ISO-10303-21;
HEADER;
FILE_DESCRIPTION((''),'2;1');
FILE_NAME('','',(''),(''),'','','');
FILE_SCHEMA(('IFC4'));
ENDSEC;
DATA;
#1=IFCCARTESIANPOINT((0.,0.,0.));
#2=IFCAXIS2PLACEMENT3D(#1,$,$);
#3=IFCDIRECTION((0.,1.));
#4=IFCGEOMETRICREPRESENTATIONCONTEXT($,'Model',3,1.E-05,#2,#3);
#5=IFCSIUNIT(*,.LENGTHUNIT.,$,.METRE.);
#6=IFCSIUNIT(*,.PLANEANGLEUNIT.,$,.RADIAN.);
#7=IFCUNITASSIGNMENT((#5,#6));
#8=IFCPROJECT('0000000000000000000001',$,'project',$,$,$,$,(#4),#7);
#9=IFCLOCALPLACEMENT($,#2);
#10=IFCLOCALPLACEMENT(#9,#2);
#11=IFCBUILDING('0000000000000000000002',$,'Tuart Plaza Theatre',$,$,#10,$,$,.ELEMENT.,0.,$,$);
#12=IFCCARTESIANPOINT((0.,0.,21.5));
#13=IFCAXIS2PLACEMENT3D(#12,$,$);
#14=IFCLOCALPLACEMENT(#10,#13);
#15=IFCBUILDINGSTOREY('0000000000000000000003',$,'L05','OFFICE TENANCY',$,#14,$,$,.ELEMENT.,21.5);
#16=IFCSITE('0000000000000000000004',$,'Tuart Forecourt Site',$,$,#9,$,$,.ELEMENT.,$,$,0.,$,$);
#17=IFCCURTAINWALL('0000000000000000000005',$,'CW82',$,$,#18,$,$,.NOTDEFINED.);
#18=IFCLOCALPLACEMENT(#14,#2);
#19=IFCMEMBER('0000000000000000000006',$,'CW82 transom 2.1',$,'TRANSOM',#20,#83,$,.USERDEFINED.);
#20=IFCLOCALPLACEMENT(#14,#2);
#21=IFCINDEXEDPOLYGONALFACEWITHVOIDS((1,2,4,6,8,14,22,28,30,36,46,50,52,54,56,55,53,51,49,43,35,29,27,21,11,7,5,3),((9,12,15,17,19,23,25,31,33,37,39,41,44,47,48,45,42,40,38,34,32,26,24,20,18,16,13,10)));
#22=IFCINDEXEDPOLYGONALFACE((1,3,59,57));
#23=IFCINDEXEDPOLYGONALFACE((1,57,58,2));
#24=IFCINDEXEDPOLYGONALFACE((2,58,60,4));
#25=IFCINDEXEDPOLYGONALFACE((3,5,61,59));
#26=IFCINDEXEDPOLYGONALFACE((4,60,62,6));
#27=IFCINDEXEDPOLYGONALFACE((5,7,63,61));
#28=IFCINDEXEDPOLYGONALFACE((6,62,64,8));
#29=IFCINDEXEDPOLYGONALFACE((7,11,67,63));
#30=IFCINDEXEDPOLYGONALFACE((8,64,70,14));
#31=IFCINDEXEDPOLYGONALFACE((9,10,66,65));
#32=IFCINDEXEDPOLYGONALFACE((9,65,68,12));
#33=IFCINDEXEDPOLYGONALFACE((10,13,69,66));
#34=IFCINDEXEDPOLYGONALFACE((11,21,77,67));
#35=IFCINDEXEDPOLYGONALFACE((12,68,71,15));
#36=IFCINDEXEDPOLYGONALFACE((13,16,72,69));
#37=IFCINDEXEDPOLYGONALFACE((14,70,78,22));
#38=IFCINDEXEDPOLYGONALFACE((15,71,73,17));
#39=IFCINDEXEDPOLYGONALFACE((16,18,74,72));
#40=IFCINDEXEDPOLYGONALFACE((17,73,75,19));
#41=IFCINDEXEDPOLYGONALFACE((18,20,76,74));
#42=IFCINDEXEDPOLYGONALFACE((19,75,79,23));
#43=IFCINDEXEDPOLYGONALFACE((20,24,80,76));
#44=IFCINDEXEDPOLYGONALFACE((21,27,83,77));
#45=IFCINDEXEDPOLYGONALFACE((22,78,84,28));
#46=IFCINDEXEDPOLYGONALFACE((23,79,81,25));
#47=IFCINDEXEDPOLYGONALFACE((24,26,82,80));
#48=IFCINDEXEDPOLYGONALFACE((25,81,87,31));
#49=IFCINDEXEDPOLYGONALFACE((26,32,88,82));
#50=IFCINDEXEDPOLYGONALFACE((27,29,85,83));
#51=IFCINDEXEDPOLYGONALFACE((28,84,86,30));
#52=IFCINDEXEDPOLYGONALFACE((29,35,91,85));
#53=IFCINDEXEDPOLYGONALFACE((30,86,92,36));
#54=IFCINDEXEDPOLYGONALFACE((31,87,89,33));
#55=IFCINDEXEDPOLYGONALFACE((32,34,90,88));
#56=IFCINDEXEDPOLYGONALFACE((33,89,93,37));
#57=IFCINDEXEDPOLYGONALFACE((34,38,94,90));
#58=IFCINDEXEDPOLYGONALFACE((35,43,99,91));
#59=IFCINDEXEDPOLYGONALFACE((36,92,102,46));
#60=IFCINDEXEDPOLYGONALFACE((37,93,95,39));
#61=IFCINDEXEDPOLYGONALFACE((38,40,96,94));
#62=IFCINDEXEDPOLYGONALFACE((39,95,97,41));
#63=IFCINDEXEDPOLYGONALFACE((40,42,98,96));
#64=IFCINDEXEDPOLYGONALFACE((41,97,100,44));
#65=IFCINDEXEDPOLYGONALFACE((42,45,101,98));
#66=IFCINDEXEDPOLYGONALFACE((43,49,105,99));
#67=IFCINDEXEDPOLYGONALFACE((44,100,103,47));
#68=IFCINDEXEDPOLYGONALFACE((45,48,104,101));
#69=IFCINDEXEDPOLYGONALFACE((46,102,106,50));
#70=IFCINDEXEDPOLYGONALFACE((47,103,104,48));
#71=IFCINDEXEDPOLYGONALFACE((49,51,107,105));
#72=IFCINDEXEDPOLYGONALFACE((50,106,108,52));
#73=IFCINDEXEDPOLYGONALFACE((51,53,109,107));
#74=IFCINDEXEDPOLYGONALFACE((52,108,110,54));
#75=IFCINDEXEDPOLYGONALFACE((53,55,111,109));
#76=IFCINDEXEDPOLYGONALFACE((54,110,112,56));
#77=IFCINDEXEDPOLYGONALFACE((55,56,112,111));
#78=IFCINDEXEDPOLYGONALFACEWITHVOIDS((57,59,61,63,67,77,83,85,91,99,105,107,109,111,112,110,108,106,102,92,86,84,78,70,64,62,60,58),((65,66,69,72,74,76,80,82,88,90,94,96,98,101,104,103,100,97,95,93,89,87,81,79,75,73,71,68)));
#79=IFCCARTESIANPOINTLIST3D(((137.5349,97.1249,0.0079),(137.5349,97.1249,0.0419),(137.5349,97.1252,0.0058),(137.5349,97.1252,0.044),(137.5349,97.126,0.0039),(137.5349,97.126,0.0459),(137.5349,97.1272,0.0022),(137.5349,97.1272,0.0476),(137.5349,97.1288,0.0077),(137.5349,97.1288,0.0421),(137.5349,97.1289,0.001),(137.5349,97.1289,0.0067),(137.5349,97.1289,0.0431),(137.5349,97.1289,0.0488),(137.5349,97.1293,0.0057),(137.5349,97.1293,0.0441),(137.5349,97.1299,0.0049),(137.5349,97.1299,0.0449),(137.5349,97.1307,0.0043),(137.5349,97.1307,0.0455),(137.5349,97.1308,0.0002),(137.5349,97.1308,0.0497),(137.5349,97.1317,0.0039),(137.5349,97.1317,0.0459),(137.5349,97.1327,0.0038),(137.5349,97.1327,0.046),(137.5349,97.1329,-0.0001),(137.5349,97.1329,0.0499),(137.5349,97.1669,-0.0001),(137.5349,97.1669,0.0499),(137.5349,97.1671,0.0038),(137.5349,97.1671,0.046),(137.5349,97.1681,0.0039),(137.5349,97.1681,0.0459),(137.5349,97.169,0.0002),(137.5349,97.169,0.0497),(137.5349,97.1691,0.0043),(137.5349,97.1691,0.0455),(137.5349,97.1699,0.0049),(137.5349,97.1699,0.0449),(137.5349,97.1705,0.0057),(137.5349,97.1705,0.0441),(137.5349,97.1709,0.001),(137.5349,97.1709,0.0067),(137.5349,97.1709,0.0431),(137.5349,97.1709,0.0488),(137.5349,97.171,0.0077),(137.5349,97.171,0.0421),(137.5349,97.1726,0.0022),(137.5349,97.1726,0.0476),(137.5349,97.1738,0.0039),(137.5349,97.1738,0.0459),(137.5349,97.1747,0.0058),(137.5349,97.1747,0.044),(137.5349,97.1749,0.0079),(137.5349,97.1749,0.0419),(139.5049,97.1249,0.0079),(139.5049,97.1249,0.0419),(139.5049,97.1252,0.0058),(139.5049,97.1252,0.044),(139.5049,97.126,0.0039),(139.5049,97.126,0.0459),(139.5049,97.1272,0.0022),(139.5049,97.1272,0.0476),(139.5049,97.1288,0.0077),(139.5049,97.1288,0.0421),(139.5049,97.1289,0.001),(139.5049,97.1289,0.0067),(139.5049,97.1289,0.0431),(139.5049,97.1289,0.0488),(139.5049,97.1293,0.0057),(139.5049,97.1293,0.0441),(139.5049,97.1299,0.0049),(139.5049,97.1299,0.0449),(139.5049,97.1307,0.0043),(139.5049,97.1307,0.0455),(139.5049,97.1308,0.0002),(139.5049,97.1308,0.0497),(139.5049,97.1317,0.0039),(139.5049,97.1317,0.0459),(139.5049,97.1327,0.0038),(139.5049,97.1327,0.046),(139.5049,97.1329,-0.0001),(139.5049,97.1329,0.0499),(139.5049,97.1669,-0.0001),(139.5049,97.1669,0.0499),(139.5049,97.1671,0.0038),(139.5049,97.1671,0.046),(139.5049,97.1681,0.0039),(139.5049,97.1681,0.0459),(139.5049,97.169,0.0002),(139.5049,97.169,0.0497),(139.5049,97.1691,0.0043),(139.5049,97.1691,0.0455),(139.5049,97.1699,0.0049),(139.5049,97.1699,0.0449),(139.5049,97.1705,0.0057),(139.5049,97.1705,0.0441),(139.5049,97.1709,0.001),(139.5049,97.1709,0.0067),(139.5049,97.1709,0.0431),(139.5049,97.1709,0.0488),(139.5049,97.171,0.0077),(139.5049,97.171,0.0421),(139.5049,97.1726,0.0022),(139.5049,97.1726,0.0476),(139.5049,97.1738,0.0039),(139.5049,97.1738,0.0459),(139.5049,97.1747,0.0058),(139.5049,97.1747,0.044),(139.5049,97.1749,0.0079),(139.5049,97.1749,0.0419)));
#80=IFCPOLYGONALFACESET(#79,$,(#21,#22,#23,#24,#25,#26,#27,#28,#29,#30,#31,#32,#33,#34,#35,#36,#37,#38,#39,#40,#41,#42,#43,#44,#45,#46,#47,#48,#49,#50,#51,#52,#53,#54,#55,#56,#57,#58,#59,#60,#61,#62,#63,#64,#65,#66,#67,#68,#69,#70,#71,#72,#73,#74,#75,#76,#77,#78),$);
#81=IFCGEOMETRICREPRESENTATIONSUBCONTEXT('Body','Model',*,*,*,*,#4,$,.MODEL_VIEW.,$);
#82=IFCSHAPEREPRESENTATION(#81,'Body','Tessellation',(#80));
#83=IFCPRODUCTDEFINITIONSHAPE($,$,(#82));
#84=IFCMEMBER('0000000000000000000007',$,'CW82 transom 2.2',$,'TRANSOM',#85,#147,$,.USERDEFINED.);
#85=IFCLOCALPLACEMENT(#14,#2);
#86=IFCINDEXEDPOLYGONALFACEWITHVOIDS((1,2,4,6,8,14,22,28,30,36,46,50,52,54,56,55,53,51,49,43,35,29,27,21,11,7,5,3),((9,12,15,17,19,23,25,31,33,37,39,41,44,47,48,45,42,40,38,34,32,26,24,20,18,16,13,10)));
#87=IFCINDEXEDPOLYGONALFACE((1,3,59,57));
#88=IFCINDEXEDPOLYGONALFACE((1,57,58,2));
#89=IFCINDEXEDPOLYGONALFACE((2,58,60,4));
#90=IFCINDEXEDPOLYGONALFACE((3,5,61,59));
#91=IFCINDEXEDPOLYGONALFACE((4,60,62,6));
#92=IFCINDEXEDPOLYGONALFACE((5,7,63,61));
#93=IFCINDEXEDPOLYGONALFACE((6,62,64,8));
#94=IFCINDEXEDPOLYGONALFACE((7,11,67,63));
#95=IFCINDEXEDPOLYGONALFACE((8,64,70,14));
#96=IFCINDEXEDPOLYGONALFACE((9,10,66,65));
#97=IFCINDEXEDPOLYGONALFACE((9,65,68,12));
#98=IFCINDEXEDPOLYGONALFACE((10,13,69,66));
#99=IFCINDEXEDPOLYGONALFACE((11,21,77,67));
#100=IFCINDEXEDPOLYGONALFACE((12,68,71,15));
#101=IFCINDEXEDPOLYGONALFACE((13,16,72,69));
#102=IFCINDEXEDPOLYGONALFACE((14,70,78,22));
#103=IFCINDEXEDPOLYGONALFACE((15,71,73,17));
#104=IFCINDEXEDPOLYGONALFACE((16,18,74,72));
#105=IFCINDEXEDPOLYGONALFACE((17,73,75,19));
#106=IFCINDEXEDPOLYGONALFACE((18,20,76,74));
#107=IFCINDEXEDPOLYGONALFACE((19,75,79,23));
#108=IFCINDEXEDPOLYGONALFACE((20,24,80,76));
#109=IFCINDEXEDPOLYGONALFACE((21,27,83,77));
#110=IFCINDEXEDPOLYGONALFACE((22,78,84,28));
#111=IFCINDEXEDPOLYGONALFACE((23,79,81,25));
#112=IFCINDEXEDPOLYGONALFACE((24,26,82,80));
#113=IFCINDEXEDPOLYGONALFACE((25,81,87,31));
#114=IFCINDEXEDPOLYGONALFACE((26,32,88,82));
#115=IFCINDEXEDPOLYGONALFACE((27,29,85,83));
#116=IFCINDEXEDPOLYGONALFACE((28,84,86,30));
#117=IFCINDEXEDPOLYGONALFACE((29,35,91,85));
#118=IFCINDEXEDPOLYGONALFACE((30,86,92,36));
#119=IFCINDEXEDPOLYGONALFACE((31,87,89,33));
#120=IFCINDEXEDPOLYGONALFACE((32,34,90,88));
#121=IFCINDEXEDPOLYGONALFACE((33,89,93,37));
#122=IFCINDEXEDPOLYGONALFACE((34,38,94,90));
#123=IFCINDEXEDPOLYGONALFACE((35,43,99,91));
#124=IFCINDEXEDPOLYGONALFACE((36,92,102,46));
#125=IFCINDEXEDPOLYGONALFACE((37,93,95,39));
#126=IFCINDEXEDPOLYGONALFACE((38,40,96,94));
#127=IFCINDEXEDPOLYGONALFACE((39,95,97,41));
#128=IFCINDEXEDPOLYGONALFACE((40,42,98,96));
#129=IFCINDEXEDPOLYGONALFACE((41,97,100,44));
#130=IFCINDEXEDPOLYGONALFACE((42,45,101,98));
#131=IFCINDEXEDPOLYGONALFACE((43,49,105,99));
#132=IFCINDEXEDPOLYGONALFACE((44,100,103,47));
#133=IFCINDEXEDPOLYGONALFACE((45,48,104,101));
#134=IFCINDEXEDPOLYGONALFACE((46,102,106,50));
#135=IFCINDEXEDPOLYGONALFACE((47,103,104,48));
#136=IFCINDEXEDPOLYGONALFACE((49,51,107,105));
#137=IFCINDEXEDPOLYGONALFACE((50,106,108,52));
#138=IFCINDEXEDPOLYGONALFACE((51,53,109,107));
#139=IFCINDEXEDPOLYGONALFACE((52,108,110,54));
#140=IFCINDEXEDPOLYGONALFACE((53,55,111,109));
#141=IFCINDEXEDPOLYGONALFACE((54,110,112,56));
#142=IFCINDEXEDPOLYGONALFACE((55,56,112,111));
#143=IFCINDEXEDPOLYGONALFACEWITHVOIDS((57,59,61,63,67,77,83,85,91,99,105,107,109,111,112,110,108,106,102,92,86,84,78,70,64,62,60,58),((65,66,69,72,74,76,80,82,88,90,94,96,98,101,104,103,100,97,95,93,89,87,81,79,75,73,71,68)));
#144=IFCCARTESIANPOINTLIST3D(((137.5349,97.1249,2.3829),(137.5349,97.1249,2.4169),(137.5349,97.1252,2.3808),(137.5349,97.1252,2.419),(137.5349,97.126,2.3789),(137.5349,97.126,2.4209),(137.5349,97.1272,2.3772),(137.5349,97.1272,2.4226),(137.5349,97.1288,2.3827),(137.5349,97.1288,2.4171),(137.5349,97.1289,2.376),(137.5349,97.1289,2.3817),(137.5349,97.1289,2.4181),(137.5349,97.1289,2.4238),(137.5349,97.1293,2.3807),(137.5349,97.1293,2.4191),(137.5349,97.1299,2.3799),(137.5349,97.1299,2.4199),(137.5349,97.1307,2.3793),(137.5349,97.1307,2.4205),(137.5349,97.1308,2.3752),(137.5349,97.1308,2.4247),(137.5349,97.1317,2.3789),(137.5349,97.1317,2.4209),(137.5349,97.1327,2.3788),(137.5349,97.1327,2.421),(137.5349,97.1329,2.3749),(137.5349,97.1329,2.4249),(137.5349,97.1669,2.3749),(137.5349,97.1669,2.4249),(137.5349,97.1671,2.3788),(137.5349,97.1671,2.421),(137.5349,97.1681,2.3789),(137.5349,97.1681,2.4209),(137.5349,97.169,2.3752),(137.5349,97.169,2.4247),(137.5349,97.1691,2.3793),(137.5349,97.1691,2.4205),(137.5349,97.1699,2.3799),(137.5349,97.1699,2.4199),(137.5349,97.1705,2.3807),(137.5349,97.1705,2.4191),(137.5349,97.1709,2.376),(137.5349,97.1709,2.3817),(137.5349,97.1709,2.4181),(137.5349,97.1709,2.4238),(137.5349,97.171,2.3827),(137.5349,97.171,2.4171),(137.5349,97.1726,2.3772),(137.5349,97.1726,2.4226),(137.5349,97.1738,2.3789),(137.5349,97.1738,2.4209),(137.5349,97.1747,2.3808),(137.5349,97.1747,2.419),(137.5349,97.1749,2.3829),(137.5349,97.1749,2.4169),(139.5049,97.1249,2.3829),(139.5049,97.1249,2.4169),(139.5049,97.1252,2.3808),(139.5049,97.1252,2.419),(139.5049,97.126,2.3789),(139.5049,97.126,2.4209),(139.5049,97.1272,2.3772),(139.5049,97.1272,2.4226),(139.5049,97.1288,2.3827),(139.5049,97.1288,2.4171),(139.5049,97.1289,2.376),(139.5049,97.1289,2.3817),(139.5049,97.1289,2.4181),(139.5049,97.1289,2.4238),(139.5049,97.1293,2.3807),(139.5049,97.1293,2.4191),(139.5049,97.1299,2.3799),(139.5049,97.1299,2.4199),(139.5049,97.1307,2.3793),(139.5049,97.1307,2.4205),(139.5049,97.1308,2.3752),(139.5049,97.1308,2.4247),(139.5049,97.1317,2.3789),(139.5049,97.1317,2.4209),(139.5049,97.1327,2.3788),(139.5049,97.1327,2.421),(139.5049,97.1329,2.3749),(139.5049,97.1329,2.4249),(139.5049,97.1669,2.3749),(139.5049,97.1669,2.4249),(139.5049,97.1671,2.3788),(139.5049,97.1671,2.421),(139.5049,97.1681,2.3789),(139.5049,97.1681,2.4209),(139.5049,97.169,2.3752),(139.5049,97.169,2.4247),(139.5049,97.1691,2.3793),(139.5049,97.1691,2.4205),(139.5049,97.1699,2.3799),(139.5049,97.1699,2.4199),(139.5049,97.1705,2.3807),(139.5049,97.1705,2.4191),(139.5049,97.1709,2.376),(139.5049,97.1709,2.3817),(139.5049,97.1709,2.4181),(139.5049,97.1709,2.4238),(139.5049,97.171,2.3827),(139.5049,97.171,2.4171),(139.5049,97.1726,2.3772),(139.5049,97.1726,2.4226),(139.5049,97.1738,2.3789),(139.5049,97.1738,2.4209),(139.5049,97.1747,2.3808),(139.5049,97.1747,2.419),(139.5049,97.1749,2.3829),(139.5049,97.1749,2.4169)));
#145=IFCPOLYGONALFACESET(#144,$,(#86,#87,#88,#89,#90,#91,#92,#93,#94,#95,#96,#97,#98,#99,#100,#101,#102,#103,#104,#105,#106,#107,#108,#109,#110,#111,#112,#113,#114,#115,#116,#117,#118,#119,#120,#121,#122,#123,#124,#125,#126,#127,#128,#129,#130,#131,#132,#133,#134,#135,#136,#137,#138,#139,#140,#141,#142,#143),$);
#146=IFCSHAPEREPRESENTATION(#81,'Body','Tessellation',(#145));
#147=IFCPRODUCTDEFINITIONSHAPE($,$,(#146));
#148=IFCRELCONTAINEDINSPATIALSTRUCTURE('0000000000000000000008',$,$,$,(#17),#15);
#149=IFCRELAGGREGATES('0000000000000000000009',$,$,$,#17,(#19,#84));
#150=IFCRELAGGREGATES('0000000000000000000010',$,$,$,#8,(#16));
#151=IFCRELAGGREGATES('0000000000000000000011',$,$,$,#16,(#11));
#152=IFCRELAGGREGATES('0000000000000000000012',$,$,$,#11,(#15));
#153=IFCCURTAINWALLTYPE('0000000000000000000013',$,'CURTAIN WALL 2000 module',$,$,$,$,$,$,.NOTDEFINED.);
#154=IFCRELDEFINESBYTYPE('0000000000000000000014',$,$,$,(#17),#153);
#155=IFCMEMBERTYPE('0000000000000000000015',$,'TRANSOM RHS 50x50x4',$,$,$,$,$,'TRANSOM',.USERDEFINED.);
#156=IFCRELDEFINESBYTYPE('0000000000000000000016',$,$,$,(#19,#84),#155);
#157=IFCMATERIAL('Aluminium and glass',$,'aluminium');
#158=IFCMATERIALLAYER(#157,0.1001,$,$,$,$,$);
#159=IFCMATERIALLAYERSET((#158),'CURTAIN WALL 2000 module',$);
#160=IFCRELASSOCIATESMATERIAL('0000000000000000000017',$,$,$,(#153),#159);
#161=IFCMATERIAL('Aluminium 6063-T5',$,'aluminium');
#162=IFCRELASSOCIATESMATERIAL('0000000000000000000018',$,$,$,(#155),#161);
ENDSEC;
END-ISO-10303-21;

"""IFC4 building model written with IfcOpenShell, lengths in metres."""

from ifc_helpers import new_model, si_unit, direction, frame, origin, origin_2d, place, context, subcontext, project, spatial, hollow_rectangle, extrude, material, layer, layer_set, material_profile, profile_set, type_object, element, aggregate, save


model = new_model("IFC4")

# Units and contexts
model_context = context("Model", 3, precision=1e-05, world=origin(), true_north=direction((0.0, 1.0)))
body_context = subcontext(model_context, "Body", "Model", "MODEL_VIEW")
ifc_project = project(units=[si_unit("LENGTHUNIT", "METRE"), si_unit("PLANEANGLEUNIT", "RADIAN")], contexts=[model_context])

# Site, building, storey
site_placement = place(None, origin())
site = spatial("IfcSite", under=ifc_project, at=site_placement, Name="Tuart Forecourt Site", CompositionType="ELEMENT", RefElevation=0.0)
building_placement = place(site_placement, origin())
building = spatial("IfcBuilding", under=site, at=building_placement, Name="Tuart Plaza Theatre", CompositionType="ELEMENT", ElevationOfRefHeight=0.0)
storey_placement = place(building_placement, frame((0.0, 0.0, 21.5)))
storey = spatial("IfcBuildingStorey", under=building, at=storey_placement, Name="L05", Description="OFFICE TENANCY", CompositionType="ELEMENT", Elevation=21.5)

# Curtain wall
ifc_material_1 = material(Name="Aluminium and glass", Category="aluminium")
ifc_layer_1 = layer(ifc_material_1, 0.1001)
ifc_layer_set_1 = layer_set([ifc_layer_1], Name="CURTAIN WALL 2000 module")
curtain_wall_type = type_object("IfcCurtainWallType", Name="CURTAIN WALL 2000 module", PredefinedType="NOTDEFINED", material=ifc_layer_set_1)
curtain_wall_1_placement = place(storey_placement, origin())
curtain_wall_1 = element("IfcCurtainWall", 1, at=curtain_wall_1_placement, inside=storey, type_object=curtain_wall_type, Name="CW82", PredefinedType="NOTDEFINED")

# Members
ifc_material_2 = material(Name="Aluminium 6063-T5", Category="aluminium")
ifc_material_profile_1 = material_profile(ifc_material_2, hollow_rectangle(XDim=0.05, YDim=0.05, WallThickness=0.0039, InnerFilletRadius=0.0039, OuterFilletRadius=0.0081, at=origin_2d()), Name="RHS 50x50x4")
ifc_profile_set_1 = profile_set([ifc_material_profile_1], Name="Aluminium 6063-T5")
member_type_1 = type_object("IfcMemberType", Name="TRANSOM RHS 50x50x4", ElementType="TRANSOM", PredefinedType="USERDEFINED", material=ifc_profile_set_1)
member_1_placement = place(storey_placement, frame((139.5049, 97.1499, 0.0249), z_axis=(-1.0, 0.0, 0.0), x_axis=(0.0, -1.0, 0.0)))
member_1 = element("IfcMember", 2, at=member_1_placement, type_object=member_type_1, Name="CW82 transom 2.1", ObjectType="TRANSOM", PredefinedType="USERDEFINED", context=body_context, shape_type="SweptSolid", body=[
    extrude(hollow_rectangle(XDim=0.05, YDim=0.05, WallThickness=0.0039, InnerFilletRadius=0.0039, OuterFilletRadius=0.0081, at=origin_2d()), origin(), (0.0, 0.0, 1.0), 1.97),
])
member_2_placement = place(storey_placement, frame((139.5049, 97.1499, 2.3999), z_axis=(-1.0, 0.0, 0.0), x_axis=(0.0, -1.0, 0.0)))
member_2 = element("IfcMember", 3, at=member_2_placement, type_object=member_type_1, Name="CW82 transom 2.2", ObjectType="TRANSOM", PredefinedType="USERDEFINED", context=body_context, shape_type="SweptSolid", body=[
    extrude(hollow_rectangle(XDim=0.05, YDim=0.05, WallThickness=0.0039, InnerFilletRadius=0.0039, OuterFilletRadius=0.0081, at=origin_2d()), origin(), (0.0, 0.0, 1.0), 1.97),
])

aggregate(curtain_wall_1, [member_1, member_2])

save(model, "model.ifc")
